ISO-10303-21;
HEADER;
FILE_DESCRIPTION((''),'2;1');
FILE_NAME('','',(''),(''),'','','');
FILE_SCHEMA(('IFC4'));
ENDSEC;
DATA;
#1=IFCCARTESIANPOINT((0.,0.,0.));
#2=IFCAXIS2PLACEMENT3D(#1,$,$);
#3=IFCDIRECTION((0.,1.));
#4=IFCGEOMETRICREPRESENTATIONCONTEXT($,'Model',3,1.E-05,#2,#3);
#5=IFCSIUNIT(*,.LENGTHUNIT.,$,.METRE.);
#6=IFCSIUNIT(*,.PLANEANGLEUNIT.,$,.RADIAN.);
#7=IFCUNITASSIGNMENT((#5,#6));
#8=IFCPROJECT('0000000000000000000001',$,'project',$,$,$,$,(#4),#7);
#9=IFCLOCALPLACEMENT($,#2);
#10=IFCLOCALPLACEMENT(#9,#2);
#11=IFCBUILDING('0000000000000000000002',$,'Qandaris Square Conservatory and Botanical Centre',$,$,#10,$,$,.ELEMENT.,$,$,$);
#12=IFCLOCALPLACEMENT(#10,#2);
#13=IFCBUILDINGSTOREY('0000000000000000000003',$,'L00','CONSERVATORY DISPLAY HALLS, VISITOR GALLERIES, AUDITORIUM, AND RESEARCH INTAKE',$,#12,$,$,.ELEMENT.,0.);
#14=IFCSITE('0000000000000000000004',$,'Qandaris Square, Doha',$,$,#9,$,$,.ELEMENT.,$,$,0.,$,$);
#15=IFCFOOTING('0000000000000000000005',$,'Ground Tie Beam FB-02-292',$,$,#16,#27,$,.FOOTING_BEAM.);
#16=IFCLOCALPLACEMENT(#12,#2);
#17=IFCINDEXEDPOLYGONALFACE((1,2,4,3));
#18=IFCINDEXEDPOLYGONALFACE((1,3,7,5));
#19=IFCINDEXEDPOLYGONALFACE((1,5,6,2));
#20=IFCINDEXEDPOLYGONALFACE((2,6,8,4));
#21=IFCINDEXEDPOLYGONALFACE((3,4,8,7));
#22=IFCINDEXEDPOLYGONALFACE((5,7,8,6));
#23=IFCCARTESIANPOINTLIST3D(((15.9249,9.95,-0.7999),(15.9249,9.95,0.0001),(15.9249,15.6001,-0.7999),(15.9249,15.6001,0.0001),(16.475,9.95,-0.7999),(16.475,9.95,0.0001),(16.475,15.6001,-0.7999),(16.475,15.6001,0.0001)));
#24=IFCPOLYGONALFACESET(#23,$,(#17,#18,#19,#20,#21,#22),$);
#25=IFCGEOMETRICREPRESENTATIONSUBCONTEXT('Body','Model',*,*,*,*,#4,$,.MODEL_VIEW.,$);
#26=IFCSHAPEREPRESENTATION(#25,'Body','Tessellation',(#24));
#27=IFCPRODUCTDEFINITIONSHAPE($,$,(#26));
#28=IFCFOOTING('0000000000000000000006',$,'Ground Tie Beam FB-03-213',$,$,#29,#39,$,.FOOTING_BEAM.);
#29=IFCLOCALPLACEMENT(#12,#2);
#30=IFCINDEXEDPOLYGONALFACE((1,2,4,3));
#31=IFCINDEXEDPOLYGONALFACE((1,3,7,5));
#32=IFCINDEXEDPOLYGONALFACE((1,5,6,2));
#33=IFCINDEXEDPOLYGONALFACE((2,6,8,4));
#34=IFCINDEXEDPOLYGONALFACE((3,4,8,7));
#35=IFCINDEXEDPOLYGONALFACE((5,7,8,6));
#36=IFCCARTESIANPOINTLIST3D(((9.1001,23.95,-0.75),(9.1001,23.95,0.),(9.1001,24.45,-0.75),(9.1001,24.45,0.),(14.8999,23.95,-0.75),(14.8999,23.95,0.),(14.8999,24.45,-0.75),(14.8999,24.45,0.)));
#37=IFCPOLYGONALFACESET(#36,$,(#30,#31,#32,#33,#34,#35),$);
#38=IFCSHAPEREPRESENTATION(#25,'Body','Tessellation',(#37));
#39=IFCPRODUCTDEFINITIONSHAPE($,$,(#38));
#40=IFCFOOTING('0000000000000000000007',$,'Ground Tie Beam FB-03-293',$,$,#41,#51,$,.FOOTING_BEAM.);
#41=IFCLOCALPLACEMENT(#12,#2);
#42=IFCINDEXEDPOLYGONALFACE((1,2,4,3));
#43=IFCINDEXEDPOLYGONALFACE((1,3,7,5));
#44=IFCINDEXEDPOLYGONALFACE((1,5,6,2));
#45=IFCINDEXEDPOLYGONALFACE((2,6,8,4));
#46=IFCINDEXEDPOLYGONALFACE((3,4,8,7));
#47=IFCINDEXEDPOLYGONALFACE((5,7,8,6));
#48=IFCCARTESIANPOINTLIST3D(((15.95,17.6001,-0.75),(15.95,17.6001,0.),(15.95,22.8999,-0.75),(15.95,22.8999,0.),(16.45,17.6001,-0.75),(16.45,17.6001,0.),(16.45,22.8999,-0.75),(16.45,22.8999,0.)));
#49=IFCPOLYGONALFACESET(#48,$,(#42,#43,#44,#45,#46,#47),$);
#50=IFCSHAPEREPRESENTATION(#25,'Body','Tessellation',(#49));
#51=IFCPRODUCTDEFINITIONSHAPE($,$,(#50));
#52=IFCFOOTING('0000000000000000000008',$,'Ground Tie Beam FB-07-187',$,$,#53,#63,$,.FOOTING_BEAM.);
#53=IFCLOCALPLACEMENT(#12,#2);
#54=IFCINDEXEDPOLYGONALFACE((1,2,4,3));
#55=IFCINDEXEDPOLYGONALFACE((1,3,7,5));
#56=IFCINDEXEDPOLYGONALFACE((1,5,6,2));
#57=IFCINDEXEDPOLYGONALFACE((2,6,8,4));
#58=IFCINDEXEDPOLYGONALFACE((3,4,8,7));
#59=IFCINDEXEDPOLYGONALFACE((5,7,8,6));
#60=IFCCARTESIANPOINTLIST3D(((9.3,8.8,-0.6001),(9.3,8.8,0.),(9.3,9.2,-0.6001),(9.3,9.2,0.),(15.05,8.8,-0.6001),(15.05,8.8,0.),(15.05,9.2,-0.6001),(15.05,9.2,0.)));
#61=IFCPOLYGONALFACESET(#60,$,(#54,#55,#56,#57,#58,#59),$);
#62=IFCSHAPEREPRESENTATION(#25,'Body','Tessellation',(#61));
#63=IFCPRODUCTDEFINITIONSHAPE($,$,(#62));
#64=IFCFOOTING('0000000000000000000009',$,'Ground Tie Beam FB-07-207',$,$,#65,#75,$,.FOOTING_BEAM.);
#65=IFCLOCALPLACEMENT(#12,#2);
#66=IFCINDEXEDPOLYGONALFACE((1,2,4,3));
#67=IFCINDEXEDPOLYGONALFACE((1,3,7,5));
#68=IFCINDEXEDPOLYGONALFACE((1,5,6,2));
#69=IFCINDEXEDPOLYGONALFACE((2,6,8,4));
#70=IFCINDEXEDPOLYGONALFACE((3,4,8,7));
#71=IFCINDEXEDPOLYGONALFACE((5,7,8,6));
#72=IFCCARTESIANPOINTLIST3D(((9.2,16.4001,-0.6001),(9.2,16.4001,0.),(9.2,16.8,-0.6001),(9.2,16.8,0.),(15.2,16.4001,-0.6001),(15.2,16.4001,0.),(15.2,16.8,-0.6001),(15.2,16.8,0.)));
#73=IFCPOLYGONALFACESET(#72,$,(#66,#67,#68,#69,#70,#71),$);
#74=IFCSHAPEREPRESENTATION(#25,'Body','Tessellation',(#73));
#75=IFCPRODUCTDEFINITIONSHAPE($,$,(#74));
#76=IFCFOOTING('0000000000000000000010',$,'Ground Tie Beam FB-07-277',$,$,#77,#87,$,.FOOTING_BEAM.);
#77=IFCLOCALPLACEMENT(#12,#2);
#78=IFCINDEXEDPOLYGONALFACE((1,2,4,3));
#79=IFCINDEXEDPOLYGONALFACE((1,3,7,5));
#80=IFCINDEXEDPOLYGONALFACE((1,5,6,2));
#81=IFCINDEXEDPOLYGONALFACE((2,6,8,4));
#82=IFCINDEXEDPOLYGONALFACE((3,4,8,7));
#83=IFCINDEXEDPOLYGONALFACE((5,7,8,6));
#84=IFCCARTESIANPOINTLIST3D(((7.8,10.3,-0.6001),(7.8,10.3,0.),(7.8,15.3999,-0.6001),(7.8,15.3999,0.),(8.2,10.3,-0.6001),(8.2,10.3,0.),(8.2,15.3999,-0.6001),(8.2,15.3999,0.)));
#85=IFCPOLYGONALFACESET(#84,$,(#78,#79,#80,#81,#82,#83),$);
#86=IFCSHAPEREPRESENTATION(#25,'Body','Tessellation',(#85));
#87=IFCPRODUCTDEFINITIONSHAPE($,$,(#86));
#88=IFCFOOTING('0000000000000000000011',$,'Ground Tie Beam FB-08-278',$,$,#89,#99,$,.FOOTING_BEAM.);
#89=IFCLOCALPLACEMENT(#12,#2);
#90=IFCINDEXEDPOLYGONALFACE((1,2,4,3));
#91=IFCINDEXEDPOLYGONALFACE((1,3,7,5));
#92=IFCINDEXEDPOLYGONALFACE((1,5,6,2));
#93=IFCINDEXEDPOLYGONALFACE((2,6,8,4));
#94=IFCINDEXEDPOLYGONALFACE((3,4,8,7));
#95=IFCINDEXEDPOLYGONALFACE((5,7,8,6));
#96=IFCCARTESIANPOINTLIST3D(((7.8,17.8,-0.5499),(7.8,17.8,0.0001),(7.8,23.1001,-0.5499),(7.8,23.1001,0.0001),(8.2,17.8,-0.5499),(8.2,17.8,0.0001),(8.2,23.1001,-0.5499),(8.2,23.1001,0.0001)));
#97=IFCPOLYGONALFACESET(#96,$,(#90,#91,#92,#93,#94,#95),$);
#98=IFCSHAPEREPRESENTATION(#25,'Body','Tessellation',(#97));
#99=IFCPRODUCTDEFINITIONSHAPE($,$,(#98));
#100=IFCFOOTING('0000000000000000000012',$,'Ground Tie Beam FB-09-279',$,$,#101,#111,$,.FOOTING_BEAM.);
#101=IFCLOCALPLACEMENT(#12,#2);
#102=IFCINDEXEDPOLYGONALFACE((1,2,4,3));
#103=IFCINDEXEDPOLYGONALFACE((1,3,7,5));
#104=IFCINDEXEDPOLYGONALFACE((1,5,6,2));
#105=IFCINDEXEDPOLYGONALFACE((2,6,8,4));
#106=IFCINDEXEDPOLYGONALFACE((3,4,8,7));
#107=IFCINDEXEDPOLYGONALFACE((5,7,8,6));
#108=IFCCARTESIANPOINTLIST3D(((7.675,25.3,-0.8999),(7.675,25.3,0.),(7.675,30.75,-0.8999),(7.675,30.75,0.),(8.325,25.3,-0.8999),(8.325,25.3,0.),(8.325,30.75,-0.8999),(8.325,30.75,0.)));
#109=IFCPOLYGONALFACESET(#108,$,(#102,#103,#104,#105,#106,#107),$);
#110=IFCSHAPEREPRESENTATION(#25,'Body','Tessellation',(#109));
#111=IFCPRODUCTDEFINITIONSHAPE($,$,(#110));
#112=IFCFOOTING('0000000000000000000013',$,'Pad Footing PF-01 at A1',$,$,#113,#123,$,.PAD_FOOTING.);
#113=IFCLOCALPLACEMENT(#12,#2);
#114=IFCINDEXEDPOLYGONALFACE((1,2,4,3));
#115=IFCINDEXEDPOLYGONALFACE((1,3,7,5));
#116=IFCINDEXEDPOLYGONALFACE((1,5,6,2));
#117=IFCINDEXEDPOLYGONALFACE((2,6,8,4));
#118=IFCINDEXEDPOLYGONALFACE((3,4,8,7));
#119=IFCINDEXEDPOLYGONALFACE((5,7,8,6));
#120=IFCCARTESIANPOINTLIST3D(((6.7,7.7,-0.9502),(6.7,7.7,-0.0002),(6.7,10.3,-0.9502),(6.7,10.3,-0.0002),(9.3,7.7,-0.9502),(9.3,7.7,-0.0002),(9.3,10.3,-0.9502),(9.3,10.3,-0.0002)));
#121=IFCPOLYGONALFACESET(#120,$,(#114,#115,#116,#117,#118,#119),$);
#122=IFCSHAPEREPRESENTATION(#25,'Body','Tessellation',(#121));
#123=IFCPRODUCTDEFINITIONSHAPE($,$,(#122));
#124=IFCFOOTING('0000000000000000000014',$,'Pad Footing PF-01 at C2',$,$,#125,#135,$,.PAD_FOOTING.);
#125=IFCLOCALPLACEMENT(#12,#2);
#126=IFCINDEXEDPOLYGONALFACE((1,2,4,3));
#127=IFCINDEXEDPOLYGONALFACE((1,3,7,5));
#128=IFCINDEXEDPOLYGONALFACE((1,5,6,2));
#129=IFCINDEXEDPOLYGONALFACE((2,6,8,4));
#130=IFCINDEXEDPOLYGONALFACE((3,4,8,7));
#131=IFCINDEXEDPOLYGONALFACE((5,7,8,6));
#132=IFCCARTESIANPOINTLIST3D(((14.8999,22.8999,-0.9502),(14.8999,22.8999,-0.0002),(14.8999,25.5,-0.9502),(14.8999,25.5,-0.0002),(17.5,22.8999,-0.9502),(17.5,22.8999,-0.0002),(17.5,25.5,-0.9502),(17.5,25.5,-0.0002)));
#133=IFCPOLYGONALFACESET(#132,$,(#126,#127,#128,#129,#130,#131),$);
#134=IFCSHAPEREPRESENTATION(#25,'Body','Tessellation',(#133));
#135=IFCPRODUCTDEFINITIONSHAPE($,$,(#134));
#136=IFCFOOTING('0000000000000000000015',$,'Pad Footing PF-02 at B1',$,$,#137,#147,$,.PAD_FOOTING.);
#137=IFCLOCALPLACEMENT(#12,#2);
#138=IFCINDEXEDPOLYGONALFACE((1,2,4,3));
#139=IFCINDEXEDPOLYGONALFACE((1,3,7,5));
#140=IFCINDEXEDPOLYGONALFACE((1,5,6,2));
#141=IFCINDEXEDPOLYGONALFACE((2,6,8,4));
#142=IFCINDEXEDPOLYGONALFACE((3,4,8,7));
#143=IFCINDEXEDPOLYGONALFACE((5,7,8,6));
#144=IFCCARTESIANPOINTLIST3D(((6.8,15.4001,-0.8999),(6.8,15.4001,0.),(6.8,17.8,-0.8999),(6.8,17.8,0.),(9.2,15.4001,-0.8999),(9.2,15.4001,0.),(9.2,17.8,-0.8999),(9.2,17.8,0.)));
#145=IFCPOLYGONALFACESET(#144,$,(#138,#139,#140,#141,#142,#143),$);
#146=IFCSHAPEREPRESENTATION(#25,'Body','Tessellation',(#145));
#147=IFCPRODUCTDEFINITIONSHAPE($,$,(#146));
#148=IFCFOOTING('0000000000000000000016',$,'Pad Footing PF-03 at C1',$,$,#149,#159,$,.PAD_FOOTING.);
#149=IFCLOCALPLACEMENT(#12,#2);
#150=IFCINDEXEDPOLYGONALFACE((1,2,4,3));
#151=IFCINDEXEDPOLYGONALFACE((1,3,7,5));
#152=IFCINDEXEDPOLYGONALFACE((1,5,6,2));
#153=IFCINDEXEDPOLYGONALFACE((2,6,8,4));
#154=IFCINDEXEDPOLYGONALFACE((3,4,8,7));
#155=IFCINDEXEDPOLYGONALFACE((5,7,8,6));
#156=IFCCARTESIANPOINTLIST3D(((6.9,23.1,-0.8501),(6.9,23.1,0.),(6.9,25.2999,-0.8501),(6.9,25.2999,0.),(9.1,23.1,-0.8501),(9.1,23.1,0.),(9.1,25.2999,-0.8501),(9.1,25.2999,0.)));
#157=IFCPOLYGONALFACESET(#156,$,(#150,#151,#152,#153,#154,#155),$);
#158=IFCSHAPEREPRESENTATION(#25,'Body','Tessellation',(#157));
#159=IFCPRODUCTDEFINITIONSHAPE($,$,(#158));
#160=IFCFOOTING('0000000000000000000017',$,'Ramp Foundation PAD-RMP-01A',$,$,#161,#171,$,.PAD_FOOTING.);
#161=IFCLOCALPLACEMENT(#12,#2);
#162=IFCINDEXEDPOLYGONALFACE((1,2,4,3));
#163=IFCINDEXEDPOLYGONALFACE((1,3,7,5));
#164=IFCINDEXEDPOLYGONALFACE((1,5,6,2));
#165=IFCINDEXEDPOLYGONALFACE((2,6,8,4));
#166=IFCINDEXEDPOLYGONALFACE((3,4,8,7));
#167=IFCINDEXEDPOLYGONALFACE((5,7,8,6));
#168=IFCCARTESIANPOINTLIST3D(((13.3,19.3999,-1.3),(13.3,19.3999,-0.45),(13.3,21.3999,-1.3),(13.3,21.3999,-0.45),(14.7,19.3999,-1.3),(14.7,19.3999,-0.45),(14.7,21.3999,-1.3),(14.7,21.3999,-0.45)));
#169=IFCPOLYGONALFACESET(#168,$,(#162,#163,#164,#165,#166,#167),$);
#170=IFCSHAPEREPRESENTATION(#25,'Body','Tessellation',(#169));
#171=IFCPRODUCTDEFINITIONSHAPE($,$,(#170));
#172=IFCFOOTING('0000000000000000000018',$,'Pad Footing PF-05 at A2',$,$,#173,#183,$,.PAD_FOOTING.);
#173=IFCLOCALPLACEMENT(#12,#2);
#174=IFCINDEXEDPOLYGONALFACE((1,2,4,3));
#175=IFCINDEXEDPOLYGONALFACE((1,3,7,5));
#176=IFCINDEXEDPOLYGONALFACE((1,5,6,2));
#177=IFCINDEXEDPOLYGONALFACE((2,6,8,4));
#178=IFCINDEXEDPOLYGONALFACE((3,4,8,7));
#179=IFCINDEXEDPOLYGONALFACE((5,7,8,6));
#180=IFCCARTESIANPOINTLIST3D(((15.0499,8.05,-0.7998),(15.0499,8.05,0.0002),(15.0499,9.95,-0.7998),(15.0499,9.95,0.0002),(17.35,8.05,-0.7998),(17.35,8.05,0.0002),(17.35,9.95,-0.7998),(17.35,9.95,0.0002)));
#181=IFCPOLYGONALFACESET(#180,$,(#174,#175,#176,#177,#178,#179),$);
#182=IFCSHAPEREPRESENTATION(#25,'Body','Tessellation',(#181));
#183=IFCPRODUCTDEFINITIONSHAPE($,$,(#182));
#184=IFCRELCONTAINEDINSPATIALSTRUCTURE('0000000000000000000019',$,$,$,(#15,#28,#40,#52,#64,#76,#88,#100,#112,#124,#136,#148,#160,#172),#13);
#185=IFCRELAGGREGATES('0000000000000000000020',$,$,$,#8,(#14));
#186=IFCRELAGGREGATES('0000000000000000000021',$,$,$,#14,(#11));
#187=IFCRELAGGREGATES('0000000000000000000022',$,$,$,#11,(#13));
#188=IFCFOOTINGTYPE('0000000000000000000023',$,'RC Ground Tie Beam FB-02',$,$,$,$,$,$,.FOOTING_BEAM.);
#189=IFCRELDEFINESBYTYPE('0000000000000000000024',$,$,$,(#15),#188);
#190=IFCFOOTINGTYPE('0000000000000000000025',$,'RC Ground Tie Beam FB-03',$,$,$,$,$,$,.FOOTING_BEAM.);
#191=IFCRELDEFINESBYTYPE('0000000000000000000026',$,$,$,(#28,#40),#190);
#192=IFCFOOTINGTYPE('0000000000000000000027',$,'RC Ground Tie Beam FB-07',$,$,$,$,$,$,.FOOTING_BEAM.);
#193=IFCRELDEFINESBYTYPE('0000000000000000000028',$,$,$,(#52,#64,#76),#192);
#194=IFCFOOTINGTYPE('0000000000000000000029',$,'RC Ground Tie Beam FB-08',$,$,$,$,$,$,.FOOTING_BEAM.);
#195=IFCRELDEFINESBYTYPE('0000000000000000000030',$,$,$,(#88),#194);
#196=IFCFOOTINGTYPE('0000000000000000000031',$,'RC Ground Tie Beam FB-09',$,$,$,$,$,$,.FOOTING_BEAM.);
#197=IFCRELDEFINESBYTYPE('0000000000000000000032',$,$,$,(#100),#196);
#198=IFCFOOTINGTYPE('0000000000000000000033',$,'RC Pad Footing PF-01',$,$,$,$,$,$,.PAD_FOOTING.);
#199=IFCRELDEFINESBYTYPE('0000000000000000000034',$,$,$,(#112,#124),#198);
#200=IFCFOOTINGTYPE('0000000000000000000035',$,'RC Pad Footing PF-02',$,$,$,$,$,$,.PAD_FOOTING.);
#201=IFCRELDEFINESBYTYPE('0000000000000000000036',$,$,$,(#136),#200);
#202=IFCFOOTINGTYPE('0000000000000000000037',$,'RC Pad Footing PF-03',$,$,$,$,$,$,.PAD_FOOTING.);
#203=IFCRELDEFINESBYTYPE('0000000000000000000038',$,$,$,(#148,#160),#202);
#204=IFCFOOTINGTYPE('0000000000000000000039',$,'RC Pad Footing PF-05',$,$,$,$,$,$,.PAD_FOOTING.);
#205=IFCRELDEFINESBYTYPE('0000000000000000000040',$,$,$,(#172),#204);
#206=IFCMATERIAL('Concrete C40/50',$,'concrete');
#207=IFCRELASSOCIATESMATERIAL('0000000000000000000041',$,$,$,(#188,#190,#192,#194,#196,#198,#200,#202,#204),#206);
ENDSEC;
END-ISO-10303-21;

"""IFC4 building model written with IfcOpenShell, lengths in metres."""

from ifc_helpers import new_model, si_unit, direction, frame, origin, origin_2d, place, context, subcontext, project, spatial, rectangle, extrude, material, material_profile, profile_set, type_object, element, save


model = new_model("IFC4")

# Units and contexts
model_context = context("Model", 3, precision=1e-05, world=origin(), true_north=direction((0.0, 1.0)))
body_context = subcontext(model_context, "Body", "Model", "MODEL_VIEW")
ifc_project = project(units=[si_unit("LENGTHUNIT", "METRE"), si_unit("PLANEANGLEUNIT", "RADIAN")], contexts=[model_context])

# Site, building, storey
site_placement = place(None, origin())
site = spatial("IfcSite", under=ifc_project, at=site_placement, Name="Qandaris Square, Doha", CompositionType="ELEMENT", RefElevation=0.0)
building_placement = place(site_placement, origin())
building = spatial("IfcBuilding", under=site, at=building_placement, Name="Qandaris Square Conservatory and Botanical Centre", CompositionType="ELEMENT")
storey_placement = place(building_placement, origin())
storey = spatial("IfcBuildingStorey", under=building, at=storey_placement, Name="L00", Description="CONSERVATORY DISPLAY HALLS, VISITOR GALLERIES, AUDITORIUM, AND RESEARCH INTAKE", CompositionType="ELEMENT", Elevation=0.0)

# Footings
ifc_material_1 = material(Name="Concrete C40/50", Category="concrete")
ifc_material_profile_1 = material_profile(ifc_material_1, rectangle(XDim=0.55, YDim=0.8, at=origin_2d()), Name="FB 550x800")
ifc_profile_set_1 = profile_set([ifc_material_profile_1], Name="Concrete C40/50")
footing_type_1 = type_object("IfcFootingType", Name="RC Ground Tie Beam FB-02", PredefinedType="FOOTING_BEAM", material=ifc_profile_set_1)
footing_1_placement = place(storey_placement, frame((16.2, 9.95, -0.3999), z_axis=(0.0, 1.0, 0.0), x_axis=(-1.0, 0.0, 0.0)))
element("IfcFooting", 1, at=footing_1_placement, inside=storey, type_object=footing_type_1, Name="Ground Tie Beam FB-02-292", PredefinedType="FOOTING_BEAM", context=body_context, shape_type="SweptSolid", body=[
    extrude(rectangle(XDim=0.55, YDim=0.8, at=origin_2d()), origin(), (0.0, 0.0, 1.0), 5.6501),
])
ifc_material_profile_2 = material_profile(ifc_material_1, rectangle(XDim=0.5, YDim=0.75, at=origin_2d()), Name="FB 500x750")
ifc_profile_set_2 = profile_set([ifc_material_profile_2], Name="Concrete C40/50")
footing_type_2 = type_object("IfcFootingType", Name="RC Ground Tie Beam FB-03", PredefinedType="FOOTING_BEAM", material=ifc_profile_set_2)
footing_2_placement = place(storey_placement, frame((9.1001, 24.2, -0.375), z_axis=(1.0, 0.0, 0.0), x_axis=(0.0, 1.0, 0.0)))
element("IfcFooting", 2, at=footing_2_placement, inside=storey, type_object=footing_type_2, Name="Ground Tie Beam FB-03-213", PredefinedType="FOOTING_BEAM", context=body_context, shape_type="SweptSolid", body=[
    extrude(rectangle(XDim=0.5, YDim=0.75, at=origin_2d()), origin(), (0.0, 0.0, 1.0), 5.7998),
])
footing_3_placement = place(storey_placement, frame((16.2, 17.6001, -0.375), z_axis=(0.0, 1.0, 0.0), x_axis=(-1.0, 0.0, 0.0)))
element("IfcFooting", 3, at=footing_3_placement, inside=storey, type_object=footing_type_2, Name="Ground Tie Beam FB-03-293", PredefinedType="FOOTING_BEAM", context=body_context, shape_type="SweptSolid", body=[
    extrude(rectangle(XDim=0.5, YDim=0.75, at=origin_2d()), origin(), (0.0, 0.0, 1.0), 5.2998),
])
ifc_material_profile_3 = material_profile(ifc_material_1, rectangle(XDim=0.3999, YDim=0.6001, at=origin_2d()), Name="FB 400x600")
ifc_profile_set_3 = profile_set([ifc_material_profile_3], Name="Concrete C40/50")
footing_type_3 = type_object("IfcFootingType", Name="RC Ground Tie Beam FB-07", PredefinedType="FOOTING_BEAM", material=ifc_profile_set_3)
footing_4_placement = place(storey_placement, frame((9.3, 9.0, -0.3), z_axis=(1.0, 0.0, 0.0), x_axis=(0.0, 1.0, 0.0)))
element("IfcFooting", 4, at=footing_4_placement, inside=storey, type_object=footing_type_3, Name="Ground Tie Beam FB-07-187", PredefinedType="FOOTING_BEAM", context=body_context, shape_type="SweptSolid", body=[
    extrude(rectangle(XDim=0.3999, YDim=0.6001, at=origin_2d()), origin(), (0.0, 0.0, 1.0), 5.75),
])
footing_5_placement = place(storey_placement, frame((9.2, 16.6001, -0.3), z_axis=(1.0, 0.0, 0.0), x_axis=(0.0, 1.0, 0.0)))
element("IfcFooting", 5, at=footing_5_placement, inside=storey, type_object=footing_type_3, Name="Ground Tie Beam FB-07-207", PredefinedType="FOOTING_BEAM", context=body_context, shape_type="SweptSolid", body=[
    extrude(rectangle(XDim=0.3999, YDim=0.6001, at=origin_2d()), origin(), (0.0, 0.0, 1.0), 6.0),
])
footing_6_placement = place(storey_placement, frame((8.0, 10.3, -0.3), z_axis=(0.0, 1.0, 0.0), x_axis=(-1.0, 0.0, 0.0)))
element("IfcFooting", 6, at=footing_6_placement, inside=storey, type_object=footing_type_3, Name="Ground Tie Beam FB-07-277", PredefinedType="FOOTING_BEAM", context=body_context, shape_type="SweptSolid", body=[
    extrude(rectangle(XDim=0.3999, YDim=0.6001, at=origin_2d()), origin(), (0.0, 0.0, 1.0), 5.0999),
])
ifc_material_profile_4 = material_profile(ifc_material_1, rectangle(XDim=0.3999, YDim=0.55, at=origin_2d()), Name="FB 400x550")
ifc_profile_set_4 = profile_set([ifc_material_profile_4], Name="Concrete C40/50")
footing_type_4 = type_object("IfcFootingType", Name="RC Ground Tie Beam FB-08", PredefinedType="FOOTING_BEAM", material=ifc_profile_set_4)
footing_7_placement = place(storey_placement, frame((8.0, 17.8, -0.2749), z_axis=(0.0, 1.0, 0.0), x_axis=(-1.0, 0.0, 0.0)))
element("IfcFooting", 7, at=footing_7_placement, inside=storey, type_object=footing_type_4, Name="Ground Tie Beam FB-08-278", PredefinedType="FOOTING_BEAM", context=body_context, shape_type="SweptSolid", body=[
    extrude(rectangle(XDim=0.3999, YDim=0.55, at=origin_2d()), origin(), (0.0, 0.0, 1.0), 5.3),
])
ifc_material_profile_5 = material_profile(ifc_material_1, rectangle(XDim=0.6499, YDim=0.8999, at=origin_2d()), Name="FB 650x900")
ifc_profile_set_5 = profile_set([ifc_material_profile_5], Name="Concrete C40/50")
footing_type_5 = type_object("IfcFootingType", Name="RC Ground Tie Beam FB-09", PredefinedType="FOOTING_BEAM", material=ifc_profile_set_5)
footing_8_placement = place(storey_placement, frame((8.0, 25.3, -0.45), z_axis=(0.0, 1.0, 0.0), x_axis=(-1.0, 0.0, 0.0)))
element("IfcFooting", 8, at=footing_8_placement, inside=storey, type_object=footing_type_5, Name="Ground Tie Beam FB-09-279", PredefinedType="FOOTING_BEAM", context=body_context, shape_type="SweptSolid", body=[
    extrude(rectangle(XDim=0.6499, YDim=0.8999, at=origin_2d()), origin(), (0.0, 0.0, 1.0), 5.45),
])
footing_type_6 = type_object("IfcFootingType", Name="RC Pad Footing PF-01", PredefinedType="PAD_FOOTING", material=ifc_material_1)
for number, where, z_axis, x_axis, name in (
    (9, (8.0, 9.0, -0.9502), (0.0, 0.0, 1.0), (1.0, 0.0, 0.0), "Pad Footing PF-01 at A1"),
    (10, (16.2, 24.2, -0.9502), (0.0, 0.0, 1.0), (1.0, 0.0, 0.0), "Pad Footing PF-01 at C2"),
):
    element("IfcFooting", number, at=place(storey_placement, frame(where, z_axis=z_axis, x_axis=x_axis)), inside=storey, type_object=footing_type_6, Name=name, PredefinedType="PAD_FOOTING", context=body_context, shape_type="SweptSolid", body=[
        extrude(rectangle(XDim=2.6001, YDim=2.6001, at=origin_2d()), origin(), (0.0, 0.0, 1.0), 0.95),
    ])
footing_type_7 = type_object("IfcFootingType", Name="RC Pad Footing PF-02", PredefinedType="PAD_FOOTING", material=ifc_material_1)
footing_9_placement = place(storey_placement, frame((8.0, 16.6001, -0.8999), z_axis=(0.0, 0.0, 1.0), x_axis=(1.0, 0.0, 0.0)))
element("IfcFooting", 11, at=footing_9_placement, inside=storey, type_object=footing_type_7, Name="Pad Footing PF-02 at B1", PredefinedType="PAD_FOOTING", context=body_context, shape_type="SweptSolid", body=[
    extrude(rectangle(XDim=2.3999, YDim=2.3999, at=origin_2d()), origin(), (0.0, 0.0, 1.0), 0.8999),
])
footing_type_8 = type_object("IfcFootingType", Name="RC Pad Footing PF-03", PredefinedType="PAD_FOOTING", material=ifc_material_1)
footing_10_placement = place(storey_placement, frame((8.0, 24.2, -0.8501), z_axis=(0.0, 0.0, 1.0), x_axis=(1.0, 0.0, 0.0)))
element("IfcFooting", 12, at=footing_10_placement, inside=storey, type_object=footing_type_8, Name="Pad Footing PF-03 at C1", PredefinedType="PAD_FOOTING", context=body_context, shape_type="SweptSolid", body=[
    extrude(rectangle(XDim=2.2, YDim=2.2, at=origin_2d()), origin(), (0.0, 0.0, 1.0), 0.8501),
])
footing_11_placement = place(storey_placement, frame((14.0, 20.3999, -1.3), z_axis=(0.0, 0.0, 1.0), x_axis=(1.0, 0.0, 0.0)))
element("IfcFooting", 13, at=footing_11_placement, inside=storey, type_object=footing_type_8, Name="Ramp Foundation PAD-RMP-01A", PredefinedType="PAD_FOOTING", context=body_context, shape_type="SweptSolid", body=[
    extrude(rectangle(XDim=1.3999, YDim=2.0, at=origin_2d()), origin(), (0.0, 0.0, 1.0), 0.8501),
])
footing_type_9 = type_object("IfcFootingType", Name="RC Pad Footing PF-05", PredefinedType="PAD_FOOTING", material=ifc_material_1)
footing_12_placement = place(storey_placement, frame((16.2, 9.0, -0.7998), z_axis=(0.0, 0.0, 1.0), x_axis=(1.0, 0.0, 0.0)))
element("IfcFooting", 14, at=footing_12_placement, inside=storey, type_object=footing_type_9, Name="Pad Footing PF-05 at A2", PredefinedType="PAD_FOOTING", context=body_context, shape_type="SweptSolid", body=[
    extrude(rectangle(XDim=2.3, YDim=1.8999, at=origin_2d()), origin(), (0.0, 0.0, 1.0), 0.8),
])

save(model, "model.ifc")
